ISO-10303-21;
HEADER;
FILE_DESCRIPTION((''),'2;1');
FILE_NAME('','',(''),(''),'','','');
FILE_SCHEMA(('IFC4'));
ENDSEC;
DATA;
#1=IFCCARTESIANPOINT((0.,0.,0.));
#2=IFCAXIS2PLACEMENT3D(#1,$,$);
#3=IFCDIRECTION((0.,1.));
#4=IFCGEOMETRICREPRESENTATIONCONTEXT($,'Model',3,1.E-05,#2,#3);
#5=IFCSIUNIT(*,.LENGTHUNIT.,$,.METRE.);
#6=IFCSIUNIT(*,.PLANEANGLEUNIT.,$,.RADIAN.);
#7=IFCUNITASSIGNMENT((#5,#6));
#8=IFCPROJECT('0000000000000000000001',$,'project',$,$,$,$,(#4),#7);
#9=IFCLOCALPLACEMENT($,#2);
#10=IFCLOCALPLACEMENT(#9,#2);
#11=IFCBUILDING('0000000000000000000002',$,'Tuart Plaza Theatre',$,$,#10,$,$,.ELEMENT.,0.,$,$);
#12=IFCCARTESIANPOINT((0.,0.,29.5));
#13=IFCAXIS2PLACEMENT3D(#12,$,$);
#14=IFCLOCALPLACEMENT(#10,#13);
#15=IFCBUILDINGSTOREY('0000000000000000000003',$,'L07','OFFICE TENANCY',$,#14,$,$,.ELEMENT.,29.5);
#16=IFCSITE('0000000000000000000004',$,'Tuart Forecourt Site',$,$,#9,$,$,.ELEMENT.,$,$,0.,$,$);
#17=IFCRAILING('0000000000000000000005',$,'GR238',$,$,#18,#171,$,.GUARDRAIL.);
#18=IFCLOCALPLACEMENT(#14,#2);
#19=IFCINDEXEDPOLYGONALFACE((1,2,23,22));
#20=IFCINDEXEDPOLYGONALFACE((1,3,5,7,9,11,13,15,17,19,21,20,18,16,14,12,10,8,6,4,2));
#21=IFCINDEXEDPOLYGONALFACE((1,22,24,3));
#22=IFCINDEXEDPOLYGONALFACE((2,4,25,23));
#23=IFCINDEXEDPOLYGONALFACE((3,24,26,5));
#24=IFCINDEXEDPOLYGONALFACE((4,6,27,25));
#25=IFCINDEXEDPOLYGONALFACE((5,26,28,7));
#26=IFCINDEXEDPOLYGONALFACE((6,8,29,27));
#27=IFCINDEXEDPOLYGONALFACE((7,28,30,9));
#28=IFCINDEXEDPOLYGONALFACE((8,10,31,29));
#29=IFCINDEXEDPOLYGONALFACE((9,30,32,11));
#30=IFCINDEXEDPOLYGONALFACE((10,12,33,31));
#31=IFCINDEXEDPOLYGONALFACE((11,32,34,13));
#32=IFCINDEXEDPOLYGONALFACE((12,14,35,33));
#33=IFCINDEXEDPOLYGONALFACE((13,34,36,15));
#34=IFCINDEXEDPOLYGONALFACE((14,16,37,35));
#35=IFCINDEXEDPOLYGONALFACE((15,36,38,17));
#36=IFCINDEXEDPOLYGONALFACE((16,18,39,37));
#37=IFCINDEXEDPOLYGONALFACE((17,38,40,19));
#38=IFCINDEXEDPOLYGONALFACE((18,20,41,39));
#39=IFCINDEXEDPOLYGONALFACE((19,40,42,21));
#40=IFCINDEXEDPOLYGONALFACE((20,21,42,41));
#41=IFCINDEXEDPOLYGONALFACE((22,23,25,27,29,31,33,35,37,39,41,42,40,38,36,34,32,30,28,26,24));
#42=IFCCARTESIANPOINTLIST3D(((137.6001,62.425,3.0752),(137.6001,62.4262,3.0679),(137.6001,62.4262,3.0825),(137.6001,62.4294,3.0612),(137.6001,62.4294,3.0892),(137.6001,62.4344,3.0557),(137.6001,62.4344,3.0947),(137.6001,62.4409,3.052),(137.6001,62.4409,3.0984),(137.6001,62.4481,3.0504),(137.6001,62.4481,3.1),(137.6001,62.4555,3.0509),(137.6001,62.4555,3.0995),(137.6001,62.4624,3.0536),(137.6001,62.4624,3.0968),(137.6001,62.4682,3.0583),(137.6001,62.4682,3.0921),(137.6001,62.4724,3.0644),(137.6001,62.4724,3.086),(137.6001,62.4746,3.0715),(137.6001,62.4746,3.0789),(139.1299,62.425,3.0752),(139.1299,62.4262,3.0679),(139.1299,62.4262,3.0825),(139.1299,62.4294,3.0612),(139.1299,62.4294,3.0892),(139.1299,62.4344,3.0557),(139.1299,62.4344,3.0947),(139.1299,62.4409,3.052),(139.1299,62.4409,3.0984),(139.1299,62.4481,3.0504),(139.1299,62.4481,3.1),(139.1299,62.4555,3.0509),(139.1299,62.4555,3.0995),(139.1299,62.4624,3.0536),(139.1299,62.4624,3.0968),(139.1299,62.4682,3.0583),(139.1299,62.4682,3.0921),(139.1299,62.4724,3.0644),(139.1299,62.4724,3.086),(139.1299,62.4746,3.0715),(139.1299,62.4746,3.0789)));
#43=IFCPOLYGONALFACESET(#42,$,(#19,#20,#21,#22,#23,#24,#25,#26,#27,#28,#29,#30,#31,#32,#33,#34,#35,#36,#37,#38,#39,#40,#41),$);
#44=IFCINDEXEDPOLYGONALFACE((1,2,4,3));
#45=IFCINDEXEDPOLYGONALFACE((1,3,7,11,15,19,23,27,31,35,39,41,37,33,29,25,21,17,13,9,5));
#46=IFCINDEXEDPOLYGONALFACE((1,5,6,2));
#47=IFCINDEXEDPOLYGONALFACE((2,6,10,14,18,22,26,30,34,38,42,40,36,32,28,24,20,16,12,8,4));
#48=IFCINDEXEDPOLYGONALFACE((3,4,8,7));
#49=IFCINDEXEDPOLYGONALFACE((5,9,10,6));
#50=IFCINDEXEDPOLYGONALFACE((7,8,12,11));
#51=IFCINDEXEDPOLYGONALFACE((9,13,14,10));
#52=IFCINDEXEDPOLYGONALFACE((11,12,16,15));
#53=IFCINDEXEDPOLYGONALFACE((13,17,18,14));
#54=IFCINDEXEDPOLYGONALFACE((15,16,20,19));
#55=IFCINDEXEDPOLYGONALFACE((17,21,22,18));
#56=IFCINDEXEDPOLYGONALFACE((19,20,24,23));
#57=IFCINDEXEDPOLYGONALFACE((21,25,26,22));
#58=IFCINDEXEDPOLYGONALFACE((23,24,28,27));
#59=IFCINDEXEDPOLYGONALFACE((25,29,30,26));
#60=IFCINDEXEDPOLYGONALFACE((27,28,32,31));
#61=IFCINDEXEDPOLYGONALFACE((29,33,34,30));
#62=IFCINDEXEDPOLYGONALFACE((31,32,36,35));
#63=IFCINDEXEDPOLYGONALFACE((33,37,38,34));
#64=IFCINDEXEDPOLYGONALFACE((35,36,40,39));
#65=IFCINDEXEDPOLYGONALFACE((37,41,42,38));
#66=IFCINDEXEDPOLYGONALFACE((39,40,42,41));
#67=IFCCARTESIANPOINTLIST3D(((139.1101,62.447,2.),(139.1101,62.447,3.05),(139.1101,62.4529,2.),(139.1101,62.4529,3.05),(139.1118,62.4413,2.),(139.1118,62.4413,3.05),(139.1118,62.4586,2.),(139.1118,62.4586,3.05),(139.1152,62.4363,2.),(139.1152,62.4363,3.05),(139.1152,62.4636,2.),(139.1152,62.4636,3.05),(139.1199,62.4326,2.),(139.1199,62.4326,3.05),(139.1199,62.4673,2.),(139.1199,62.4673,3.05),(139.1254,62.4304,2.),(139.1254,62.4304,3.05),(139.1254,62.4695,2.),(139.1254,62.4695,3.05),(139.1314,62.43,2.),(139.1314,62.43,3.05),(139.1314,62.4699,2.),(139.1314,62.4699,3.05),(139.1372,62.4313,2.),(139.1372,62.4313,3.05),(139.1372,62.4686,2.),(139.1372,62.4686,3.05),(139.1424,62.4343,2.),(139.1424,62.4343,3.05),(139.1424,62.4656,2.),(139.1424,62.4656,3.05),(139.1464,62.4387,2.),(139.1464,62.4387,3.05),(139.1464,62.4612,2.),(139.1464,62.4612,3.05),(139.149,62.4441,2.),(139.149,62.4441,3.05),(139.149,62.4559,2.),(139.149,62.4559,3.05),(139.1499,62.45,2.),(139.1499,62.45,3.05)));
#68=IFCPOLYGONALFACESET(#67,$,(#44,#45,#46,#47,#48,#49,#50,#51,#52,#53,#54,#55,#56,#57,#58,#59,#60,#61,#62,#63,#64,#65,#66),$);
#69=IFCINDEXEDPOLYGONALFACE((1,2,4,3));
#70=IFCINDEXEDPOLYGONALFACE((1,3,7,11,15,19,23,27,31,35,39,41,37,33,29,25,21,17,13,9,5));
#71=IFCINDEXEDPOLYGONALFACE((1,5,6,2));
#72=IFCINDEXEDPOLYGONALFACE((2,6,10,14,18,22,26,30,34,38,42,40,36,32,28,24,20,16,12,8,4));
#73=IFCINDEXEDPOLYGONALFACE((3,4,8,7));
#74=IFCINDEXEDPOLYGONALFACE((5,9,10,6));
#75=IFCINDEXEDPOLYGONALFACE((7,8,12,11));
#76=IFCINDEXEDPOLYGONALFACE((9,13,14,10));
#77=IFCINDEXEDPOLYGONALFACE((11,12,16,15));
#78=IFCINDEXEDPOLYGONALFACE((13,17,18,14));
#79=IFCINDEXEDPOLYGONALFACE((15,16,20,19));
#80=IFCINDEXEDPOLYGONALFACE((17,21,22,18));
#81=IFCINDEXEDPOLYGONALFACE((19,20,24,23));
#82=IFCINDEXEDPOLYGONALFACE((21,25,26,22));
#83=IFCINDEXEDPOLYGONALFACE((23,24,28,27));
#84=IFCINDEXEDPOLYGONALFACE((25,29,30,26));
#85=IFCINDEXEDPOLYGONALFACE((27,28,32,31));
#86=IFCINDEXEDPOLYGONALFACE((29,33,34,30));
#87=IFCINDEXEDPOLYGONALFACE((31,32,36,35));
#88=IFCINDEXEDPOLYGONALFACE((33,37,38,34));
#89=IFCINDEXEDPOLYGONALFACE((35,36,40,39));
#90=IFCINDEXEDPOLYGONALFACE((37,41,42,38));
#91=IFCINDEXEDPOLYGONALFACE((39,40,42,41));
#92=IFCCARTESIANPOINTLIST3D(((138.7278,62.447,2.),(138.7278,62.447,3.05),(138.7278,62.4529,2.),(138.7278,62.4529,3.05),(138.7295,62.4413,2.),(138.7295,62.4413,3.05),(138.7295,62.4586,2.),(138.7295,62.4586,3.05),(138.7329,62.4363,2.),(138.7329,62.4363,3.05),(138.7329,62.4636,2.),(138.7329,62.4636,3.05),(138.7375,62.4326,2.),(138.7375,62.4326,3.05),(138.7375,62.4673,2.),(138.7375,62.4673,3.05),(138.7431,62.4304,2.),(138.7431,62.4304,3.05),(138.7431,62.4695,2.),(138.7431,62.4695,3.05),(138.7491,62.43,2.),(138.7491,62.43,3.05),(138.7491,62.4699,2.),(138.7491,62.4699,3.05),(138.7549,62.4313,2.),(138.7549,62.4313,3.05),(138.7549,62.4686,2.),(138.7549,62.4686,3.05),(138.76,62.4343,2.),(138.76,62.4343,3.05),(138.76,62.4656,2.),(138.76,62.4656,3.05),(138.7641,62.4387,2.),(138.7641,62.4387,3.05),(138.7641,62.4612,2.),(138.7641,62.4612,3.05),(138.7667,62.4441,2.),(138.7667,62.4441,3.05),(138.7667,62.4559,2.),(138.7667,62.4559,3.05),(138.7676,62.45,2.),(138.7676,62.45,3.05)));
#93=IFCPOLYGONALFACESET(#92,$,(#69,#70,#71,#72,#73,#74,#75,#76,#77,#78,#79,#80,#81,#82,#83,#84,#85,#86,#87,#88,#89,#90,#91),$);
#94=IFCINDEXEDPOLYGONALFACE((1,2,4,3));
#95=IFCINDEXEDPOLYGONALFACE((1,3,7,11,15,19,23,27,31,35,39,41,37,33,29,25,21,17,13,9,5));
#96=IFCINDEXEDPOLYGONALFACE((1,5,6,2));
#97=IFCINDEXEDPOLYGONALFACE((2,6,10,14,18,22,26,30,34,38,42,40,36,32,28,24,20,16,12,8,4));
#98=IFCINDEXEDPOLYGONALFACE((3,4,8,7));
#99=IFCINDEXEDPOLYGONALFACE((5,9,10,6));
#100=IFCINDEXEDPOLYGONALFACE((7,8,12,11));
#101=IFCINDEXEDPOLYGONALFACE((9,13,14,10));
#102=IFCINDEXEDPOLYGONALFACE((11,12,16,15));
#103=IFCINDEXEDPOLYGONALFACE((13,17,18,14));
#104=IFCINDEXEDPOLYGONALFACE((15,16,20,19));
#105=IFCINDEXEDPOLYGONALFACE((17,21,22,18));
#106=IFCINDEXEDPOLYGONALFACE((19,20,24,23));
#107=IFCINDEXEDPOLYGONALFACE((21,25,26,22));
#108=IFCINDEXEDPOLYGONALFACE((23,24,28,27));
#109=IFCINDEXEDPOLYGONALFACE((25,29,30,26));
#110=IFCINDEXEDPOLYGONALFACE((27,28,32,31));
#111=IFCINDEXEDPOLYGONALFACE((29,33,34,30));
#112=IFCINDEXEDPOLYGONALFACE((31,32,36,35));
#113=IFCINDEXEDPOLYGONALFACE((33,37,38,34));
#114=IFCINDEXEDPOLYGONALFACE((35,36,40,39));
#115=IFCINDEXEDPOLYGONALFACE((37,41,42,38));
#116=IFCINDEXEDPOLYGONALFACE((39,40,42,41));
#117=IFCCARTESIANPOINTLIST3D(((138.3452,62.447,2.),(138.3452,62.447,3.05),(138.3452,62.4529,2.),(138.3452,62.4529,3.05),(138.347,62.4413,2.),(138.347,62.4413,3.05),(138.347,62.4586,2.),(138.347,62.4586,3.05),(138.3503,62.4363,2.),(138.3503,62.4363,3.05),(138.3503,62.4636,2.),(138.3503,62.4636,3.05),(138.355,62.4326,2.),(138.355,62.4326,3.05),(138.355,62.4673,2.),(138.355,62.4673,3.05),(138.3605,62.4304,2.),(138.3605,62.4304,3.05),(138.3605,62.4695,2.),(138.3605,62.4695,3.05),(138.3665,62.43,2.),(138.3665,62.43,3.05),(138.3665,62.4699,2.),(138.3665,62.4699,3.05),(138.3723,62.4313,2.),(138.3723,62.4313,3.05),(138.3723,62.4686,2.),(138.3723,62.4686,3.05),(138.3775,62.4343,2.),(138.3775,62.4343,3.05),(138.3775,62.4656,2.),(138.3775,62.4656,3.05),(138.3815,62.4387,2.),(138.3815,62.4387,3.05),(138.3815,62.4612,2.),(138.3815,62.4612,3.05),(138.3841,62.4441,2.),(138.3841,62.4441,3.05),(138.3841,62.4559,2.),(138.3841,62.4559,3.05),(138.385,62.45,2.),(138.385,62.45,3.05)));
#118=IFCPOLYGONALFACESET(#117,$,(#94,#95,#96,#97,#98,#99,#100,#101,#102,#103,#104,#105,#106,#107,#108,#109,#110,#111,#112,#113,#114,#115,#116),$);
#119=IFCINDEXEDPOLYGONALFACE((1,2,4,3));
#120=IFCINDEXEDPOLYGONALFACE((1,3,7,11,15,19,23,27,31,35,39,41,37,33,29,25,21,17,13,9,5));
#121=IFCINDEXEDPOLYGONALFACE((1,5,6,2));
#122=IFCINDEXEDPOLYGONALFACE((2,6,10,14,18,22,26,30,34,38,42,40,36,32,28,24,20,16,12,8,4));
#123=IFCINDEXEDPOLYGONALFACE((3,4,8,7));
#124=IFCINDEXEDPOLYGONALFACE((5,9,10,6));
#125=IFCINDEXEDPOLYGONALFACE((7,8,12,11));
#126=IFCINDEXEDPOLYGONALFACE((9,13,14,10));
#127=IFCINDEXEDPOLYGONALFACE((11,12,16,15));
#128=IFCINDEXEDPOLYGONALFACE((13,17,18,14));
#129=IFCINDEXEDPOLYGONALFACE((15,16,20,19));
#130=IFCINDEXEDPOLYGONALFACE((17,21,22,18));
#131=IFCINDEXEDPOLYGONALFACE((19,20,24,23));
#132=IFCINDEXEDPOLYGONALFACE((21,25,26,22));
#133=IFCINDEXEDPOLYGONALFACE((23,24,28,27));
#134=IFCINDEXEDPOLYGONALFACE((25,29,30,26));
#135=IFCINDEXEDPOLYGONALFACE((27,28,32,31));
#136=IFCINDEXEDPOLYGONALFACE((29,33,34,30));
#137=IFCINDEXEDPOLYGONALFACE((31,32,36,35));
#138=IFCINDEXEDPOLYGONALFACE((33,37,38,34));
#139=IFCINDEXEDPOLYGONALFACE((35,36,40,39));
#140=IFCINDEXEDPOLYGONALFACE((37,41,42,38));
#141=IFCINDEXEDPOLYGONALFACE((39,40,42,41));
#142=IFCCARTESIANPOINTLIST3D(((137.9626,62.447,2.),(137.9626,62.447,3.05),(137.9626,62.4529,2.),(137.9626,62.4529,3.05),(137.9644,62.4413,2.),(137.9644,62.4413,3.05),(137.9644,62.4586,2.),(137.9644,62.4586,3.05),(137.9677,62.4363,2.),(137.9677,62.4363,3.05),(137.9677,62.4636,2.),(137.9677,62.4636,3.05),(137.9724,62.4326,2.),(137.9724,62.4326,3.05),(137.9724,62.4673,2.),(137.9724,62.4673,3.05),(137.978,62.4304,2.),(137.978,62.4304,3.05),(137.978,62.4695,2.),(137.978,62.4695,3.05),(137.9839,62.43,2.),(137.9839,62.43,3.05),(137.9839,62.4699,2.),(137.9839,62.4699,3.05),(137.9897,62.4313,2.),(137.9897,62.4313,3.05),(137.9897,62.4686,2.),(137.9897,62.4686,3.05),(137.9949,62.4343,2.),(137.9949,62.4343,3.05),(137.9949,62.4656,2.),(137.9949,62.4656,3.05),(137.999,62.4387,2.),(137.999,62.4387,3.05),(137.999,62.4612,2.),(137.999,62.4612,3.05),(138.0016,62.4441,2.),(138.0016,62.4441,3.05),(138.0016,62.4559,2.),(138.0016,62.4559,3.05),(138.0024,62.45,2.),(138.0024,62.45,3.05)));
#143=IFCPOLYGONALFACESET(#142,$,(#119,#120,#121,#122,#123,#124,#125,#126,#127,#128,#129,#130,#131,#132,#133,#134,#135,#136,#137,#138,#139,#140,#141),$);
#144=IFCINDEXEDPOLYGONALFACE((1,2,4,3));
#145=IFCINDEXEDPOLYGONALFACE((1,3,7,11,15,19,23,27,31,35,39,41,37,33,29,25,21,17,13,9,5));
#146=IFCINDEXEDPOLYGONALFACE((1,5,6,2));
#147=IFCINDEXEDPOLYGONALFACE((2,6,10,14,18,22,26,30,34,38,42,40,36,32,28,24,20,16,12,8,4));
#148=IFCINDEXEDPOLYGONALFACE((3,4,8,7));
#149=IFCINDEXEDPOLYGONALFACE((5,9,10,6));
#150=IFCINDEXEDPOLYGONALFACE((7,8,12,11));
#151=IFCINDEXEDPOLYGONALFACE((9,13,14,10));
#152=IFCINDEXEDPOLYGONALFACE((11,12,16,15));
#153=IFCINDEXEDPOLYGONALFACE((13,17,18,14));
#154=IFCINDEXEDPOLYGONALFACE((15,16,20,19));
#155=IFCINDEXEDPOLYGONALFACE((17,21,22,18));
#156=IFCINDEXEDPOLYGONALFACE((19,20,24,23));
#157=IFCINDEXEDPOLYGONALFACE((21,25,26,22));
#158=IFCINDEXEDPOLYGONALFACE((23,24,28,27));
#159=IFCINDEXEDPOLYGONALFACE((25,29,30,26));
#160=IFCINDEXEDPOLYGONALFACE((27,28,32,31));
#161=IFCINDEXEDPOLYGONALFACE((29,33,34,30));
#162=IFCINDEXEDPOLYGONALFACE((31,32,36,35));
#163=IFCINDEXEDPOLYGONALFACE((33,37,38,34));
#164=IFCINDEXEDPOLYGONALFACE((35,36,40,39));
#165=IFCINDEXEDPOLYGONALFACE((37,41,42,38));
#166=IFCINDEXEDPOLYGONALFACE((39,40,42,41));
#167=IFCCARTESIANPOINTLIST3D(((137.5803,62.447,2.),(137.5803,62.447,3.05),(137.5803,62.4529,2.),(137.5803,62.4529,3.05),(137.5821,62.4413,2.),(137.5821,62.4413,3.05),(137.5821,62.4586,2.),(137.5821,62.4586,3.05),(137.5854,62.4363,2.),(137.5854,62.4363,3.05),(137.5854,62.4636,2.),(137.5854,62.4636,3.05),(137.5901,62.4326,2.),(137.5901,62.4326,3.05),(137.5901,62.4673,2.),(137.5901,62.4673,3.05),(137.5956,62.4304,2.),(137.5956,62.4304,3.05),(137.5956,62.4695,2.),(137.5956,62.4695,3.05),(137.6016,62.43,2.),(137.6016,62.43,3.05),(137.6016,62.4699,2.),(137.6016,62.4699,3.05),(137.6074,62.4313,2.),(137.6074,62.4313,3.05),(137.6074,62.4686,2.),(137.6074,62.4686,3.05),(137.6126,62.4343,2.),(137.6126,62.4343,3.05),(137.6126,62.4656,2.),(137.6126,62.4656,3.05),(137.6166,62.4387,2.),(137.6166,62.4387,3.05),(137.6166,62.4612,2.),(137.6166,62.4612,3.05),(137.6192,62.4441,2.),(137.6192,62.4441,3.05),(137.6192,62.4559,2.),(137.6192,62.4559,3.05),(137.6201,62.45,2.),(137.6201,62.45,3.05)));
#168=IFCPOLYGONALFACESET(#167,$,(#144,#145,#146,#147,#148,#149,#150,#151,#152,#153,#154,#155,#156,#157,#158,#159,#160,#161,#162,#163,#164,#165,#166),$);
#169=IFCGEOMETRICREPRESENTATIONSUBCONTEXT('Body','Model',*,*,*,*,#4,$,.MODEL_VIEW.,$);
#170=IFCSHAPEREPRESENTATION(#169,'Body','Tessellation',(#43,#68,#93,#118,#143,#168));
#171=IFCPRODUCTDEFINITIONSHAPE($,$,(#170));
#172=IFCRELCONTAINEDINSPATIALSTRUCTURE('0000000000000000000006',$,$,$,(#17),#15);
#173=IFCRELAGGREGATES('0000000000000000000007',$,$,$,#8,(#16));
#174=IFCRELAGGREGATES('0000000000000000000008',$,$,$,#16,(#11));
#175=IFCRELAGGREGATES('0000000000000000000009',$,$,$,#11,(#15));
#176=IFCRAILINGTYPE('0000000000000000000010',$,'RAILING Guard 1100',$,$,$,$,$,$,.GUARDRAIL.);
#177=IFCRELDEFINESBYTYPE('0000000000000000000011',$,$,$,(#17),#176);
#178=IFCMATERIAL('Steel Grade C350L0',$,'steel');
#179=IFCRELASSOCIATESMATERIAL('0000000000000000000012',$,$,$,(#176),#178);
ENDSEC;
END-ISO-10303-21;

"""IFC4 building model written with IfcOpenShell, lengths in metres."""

from ifc_helpers import new_model, si_unit, direction, frame, origin, origin_2d, place, context, subcontext, project, spatial, circle, extrude, material, type_object, element, save


model = new_model("IFC4")

# Units and contexts
model_context = context("Model", 3, precision=1e-05, world=origin(), true_north=direction((0.0, 1.0)))
body_context = subcontext(model_context, "Body", "Model", "MODEL_VIEW")
ifc_project = project(units=[si_unit("LENGTHUNIT", "METRE"), si_unit("PLANEANGLEUNIT", "RADIAN")], contexts=[model_context])

# Site, building, storey
site_placement = place(None, origin())
site = spatial("IfcSite", under=ifc_project, at=site_placement, Name="Tuart Forecourt Site", CompositionType="ELEMENT", RefElevation=0.0)
building_placement = place(site_placement, origin())
building = spatial("IfcBuilding", under=site, at=building_placement, Name="Tuart Plaza Theatre", CompositionType="ELEMENT", ElevationOfRefHeight=0.0)
storey_placement = place(building_placement, frame((0.0, 0.0, 29.5)))
storey = spatial("IfcBuildingStorey", under=building, at=storey_placement, Name="L07", Description="OFFICE TENANCY", CompositionType="ELEMENT", Elevation=29.5)

# Railing
ifc_material_1 = material(Name="Steel Grade C350L0", Category="steel")
railing_type_1 = type_object("IfcRailingType", Name="RAILING Guard 1100", PredefinedType="GUARDRAIL", material=ifc_material_1)
railing_1_placement = place(storey_placement, frame((139.1299, 62.45, 2.0)))
element("IfcRailing", 1, at=railing_1_placement, inside=storey, type_object=railing_type_1, Name="GR238", PredefinedType="GUARDRAIL", context=body_context, shape_type="SweptSolid", body=[
    extrude(circle(Radius=0.0249, at=origin_2d()), frame((0.0, 0.0, 1.0752), z_axis=(-1.0, 0.0, 0.0), x_axis=(0.0, -1.0, 0.0)), (0.0, 0.0, 1.0), 1.5298),
    extrude(circle(Radius=0.02, at=origin_2d()), origin(), (0.0, 0.0, 1.0), 1.05),
    extrude(circle(Radius=0.02, at=origin_2d()), frame((-0.3823, 0.0, 0.0)), (0.0, 0.0, 1.0), 1.05),
    extrude(circle(Radius=0.02, at=origin_2d()), frame((-0.7649, 0.0, 0.0)), (0.0, 0.0, 1.0), 1.05),
    extrude(circle(Radius=0.02, at=origin_2d()), frame((-1.1475, 0.0, 0.0)), (0.0, 0.0, 1.0), 1.05),
    extrude(circle(Radius=0.02, at=origin_2d()), frame((-1.5298, 0.0, 0.0)), (0.0, 0.0, 1.0), 1.05),
])

save(model, "model.ifc")
